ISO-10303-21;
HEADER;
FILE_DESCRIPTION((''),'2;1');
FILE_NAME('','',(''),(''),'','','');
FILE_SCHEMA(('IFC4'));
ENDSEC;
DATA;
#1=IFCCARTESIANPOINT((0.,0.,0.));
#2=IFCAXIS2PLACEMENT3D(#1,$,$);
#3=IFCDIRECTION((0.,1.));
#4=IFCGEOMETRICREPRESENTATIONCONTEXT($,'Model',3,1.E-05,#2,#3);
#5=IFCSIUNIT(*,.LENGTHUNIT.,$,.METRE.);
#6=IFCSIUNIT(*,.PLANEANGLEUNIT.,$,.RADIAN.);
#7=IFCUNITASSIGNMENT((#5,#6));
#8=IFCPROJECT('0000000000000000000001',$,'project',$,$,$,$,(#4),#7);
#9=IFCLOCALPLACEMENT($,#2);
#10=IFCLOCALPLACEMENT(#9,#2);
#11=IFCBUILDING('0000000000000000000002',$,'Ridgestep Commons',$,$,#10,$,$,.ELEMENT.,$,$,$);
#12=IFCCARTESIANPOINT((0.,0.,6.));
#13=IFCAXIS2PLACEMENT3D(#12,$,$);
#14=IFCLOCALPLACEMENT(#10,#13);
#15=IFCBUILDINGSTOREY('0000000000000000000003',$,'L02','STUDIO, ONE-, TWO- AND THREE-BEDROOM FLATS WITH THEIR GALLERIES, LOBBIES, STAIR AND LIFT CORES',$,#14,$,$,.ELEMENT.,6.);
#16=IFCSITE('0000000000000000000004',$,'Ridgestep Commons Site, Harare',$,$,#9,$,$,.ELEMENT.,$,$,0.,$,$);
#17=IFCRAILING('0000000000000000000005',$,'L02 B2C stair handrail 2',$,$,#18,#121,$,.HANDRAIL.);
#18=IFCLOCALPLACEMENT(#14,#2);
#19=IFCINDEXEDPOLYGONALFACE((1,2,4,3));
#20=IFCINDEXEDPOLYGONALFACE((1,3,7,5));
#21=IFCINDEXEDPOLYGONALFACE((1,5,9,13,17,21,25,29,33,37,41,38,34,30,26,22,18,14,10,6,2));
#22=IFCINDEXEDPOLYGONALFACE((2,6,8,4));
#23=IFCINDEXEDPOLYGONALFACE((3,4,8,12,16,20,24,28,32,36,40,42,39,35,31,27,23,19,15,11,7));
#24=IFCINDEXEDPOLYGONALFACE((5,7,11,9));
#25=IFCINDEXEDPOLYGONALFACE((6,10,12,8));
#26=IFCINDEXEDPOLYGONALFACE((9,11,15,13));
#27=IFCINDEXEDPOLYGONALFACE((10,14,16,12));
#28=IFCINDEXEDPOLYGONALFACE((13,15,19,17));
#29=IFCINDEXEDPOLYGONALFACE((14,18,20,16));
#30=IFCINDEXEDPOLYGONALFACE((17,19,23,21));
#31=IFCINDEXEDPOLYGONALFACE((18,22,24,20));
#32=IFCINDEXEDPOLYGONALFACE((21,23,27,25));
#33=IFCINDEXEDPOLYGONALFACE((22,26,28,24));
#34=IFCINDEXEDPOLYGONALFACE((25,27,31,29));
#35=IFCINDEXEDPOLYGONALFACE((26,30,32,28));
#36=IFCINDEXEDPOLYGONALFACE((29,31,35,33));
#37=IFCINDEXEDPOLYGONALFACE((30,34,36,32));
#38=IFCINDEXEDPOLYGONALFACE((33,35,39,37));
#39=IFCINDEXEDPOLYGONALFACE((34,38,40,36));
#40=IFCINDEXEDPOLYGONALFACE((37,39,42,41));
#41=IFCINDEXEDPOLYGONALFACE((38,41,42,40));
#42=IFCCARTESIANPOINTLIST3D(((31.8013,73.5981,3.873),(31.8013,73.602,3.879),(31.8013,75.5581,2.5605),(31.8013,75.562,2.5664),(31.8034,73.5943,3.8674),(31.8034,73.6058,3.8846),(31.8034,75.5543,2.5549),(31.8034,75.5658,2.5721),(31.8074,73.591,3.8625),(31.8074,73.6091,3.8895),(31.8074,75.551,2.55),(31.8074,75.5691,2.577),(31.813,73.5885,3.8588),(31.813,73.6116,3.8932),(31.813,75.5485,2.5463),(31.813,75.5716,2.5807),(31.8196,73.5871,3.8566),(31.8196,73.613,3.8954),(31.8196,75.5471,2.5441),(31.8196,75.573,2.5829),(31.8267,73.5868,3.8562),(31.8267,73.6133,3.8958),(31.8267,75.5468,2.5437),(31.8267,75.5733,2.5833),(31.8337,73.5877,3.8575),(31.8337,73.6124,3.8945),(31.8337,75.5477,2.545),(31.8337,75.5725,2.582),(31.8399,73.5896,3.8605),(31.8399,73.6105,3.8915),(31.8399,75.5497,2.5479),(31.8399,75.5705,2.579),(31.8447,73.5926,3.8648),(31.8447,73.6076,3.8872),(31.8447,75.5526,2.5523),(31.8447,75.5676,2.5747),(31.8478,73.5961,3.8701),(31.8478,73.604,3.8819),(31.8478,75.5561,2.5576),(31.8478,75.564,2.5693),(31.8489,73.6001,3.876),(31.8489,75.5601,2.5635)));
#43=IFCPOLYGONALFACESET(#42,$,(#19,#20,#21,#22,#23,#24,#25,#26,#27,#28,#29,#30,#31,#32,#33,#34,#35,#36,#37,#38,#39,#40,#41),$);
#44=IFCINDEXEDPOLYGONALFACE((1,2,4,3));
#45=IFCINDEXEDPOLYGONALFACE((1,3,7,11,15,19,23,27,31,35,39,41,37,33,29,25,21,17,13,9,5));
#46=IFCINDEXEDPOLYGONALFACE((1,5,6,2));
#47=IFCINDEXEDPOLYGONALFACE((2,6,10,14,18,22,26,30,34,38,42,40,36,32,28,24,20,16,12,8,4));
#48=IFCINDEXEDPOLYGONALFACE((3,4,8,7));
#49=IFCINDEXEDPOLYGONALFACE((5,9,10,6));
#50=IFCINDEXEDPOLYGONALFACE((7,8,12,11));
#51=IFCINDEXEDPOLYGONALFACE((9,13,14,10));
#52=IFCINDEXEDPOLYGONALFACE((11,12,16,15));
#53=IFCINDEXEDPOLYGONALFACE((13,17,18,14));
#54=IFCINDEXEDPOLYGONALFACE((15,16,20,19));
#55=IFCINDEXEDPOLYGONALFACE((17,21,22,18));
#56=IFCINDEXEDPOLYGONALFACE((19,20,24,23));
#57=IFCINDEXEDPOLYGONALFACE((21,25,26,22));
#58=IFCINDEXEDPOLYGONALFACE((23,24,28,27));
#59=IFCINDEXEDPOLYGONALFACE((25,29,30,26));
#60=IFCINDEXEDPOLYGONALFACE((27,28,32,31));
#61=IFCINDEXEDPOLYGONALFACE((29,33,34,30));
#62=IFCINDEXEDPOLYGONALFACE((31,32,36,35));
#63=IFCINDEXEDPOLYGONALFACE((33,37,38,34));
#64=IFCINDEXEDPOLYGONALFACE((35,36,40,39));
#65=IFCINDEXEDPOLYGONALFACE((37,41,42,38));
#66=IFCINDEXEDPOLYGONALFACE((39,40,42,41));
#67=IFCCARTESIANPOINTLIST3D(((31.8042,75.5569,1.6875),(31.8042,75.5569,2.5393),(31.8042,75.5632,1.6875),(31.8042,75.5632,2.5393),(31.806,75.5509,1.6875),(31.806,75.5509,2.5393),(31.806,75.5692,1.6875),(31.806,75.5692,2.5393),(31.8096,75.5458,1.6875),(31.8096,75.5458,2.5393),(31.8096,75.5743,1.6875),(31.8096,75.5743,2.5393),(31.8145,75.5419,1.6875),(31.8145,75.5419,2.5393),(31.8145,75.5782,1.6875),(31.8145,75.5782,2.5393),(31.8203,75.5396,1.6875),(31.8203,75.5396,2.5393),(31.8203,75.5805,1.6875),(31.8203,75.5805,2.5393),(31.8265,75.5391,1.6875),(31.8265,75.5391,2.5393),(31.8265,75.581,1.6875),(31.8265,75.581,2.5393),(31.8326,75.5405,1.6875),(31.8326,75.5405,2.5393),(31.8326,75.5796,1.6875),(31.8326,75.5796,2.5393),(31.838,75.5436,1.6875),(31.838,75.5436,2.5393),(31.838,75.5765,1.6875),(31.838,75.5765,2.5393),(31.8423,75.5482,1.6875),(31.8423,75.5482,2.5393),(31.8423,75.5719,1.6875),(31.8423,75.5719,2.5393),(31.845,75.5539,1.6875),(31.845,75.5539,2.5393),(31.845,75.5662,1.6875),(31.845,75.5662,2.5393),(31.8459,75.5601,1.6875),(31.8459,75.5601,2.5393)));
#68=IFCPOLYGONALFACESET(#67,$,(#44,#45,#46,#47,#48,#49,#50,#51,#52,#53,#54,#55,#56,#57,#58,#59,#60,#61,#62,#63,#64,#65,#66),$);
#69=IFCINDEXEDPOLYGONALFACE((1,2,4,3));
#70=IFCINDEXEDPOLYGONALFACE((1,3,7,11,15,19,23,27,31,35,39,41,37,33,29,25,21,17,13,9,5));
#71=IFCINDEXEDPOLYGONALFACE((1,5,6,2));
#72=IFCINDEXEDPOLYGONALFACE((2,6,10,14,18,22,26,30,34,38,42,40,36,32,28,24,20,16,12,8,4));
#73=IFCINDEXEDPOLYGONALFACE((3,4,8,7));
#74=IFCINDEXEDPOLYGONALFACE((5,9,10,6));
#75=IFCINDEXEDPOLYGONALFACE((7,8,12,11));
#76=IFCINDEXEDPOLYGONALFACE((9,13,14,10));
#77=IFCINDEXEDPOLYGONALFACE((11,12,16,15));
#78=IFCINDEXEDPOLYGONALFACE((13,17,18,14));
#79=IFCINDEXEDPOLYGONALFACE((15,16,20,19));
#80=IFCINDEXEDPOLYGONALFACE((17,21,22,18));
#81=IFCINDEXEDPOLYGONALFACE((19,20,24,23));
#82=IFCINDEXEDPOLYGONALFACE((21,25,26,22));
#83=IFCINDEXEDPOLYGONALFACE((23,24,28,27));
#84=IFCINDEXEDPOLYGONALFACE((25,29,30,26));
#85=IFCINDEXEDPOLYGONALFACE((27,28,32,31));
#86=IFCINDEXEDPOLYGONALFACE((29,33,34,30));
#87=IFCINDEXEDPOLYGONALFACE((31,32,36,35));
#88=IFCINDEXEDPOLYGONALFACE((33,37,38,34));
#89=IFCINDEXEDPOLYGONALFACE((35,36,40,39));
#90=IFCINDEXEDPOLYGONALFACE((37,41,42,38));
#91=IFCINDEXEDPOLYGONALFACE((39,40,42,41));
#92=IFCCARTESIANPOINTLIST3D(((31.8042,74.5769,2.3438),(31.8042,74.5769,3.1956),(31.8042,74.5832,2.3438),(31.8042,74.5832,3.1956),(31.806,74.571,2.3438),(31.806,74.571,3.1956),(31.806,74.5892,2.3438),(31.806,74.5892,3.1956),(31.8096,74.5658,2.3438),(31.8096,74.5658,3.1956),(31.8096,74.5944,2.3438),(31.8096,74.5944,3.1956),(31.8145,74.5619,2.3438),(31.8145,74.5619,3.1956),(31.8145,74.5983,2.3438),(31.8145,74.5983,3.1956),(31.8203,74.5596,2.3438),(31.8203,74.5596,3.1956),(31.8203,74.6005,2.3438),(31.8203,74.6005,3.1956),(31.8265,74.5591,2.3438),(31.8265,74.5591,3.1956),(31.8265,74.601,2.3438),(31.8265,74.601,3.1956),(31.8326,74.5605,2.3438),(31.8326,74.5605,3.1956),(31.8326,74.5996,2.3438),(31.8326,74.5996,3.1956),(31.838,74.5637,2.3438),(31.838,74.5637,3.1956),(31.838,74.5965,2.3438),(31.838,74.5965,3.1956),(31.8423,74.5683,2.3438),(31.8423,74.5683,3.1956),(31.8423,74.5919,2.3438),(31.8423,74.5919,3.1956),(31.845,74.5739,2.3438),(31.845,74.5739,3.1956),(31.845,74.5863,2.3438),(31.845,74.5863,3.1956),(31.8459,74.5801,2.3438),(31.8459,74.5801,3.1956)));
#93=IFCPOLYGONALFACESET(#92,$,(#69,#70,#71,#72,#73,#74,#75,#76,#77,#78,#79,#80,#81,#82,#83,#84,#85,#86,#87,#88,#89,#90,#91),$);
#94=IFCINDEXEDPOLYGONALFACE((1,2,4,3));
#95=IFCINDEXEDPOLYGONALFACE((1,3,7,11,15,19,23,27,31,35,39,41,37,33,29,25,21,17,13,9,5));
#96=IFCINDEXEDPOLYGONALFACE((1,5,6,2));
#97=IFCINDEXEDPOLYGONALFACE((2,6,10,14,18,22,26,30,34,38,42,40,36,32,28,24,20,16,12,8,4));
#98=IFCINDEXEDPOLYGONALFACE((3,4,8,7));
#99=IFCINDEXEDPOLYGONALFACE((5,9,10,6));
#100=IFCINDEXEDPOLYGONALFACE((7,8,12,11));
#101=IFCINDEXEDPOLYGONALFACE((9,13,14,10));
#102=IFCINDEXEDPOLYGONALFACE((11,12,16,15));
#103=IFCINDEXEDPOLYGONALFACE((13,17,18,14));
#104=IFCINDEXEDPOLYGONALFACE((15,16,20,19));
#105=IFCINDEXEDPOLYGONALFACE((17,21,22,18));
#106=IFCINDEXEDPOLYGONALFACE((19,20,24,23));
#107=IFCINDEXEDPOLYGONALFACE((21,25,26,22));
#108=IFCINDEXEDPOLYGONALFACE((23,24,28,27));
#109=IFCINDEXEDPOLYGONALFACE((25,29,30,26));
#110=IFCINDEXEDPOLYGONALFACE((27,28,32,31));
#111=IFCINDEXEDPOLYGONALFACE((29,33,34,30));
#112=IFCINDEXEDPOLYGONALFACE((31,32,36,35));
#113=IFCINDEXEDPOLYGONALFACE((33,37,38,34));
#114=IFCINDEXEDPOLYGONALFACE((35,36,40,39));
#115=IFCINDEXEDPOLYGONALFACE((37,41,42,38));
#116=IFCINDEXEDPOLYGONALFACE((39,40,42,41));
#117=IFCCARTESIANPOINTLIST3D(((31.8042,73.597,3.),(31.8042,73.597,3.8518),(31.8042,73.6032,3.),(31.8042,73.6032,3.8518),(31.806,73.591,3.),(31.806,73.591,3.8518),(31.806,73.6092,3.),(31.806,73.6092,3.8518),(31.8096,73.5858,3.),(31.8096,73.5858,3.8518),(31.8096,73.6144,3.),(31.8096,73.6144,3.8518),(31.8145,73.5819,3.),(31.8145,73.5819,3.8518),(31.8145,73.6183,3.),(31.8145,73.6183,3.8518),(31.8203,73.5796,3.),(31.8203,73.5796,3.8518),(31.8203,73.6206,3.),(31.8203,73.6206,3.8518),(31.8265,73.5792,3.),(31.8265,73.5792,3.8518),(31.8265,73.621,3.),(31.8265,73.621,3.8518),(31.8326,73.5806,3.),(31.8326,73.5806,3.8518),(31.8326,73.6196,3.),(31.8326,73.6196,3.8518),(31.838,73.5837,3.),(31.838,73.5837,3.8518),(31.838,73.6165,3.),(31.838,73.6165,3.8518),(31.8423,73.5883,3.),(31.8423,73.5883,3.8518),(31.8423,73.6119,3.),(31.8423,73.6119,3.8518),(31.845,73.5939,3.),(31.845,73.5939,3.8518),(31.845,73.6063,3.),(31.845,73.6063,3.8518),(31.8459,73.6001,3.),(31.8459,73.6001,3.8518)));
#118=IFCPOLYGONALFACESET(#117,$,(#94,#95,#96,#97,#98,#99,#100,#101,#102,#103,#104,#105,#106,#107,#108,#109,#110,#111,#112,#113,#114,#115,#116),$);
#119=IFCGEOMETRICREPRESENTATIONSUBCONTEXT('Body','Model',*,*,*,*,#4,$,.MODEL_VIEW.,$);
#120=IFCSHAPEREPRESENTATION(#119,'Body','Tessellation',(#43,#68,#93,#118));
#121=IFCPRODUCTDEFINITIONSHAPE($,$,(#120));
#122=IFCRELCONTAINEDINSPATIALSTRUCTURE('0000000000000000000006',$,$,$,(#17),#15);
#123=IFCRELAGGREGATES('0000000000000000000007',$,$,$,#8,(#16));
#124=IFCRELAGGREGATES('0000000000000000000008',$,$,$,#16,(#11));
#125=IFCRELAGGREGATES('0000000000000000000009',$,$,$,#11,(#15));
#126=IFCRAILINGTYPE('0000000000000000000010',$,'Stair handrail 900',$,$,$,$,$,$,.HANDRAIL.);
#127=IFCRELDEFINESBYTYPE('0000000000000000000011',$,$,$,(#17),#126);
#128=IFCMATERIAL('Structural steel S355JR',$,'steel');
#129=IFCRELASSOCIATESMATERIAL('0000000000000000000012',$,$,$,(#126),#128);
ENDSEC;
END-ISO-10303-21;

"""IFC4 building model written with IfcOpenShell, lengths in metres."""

from ifc_helpers import new_model, si_unit, direction, frame, origin, origin_2d, place, context, subcontext, project, spatial, circle, extrude, material, type_object, element, save


model = new_model("IFC4")

# Units and contexts
model_context = context("Model", 3, precision=1e-05, world=origin(), true_north=direction((0.0, 1.0)))
body_context = subcontext(model_context, "Body", "Model", "MODEL_VIEW")
ifc_project = project(units=[si_unit("LENGTHUNIT", "METRE"), si_unit("PLANEANGLEUNIT", "RADIAN")], contexts=[model_context])

# Site, building, storey
site_placement = place(None, origin())
site = spatial("IfcSite", under=ifc_project, at=site_placement, Name="Ridgestep Commons Site, Harare", CompositionType="ELEMENT", RefElevation=0.0)
building_placement = place(site_placement, origin())
building = spatial("IfcBuilding", under=site, at=building_placement, Name="Ridgestep Commons", CompositionType="ELEMENT")
storey_placement = place(building_placement, frame((0.0, 0.0, 6.0)))
storey = spatial("IfcBuildingStorey", under=building, at=storey_placement, Name="L02", Description="STUDIO, ONE-, TWO- AND THREE-BEDROOM FLATS WITH THEIR GALLERIES, LOBBIES, STAIR AND LIFT CORES", CompositionType="ELEMENT", Elevation=6.0)

# Railing
ifc_material_1 = material(Name="Structural steel S355JR", Category="steel")
railing_type = type_object("IfcRailingType", Name="Stair handrail 900", PredefinedType="HANDRAIL", material=ifc_material_1)
railing_1_placement = place(storey_placement, frame((31.825, 75.5601, 1.6875)))
element("IfcRailing", 1, at=railing_1_placement, inside=storey, type_object=railing_type, Name="L02 B2C stair handrail 2", PredefinedType="HANDRAIL", context=body_context, shape_type="SweptSolid", body=[
    extrude(circle(Radius=0.0239, at=origin_2d()), frame((0.0, 0.0, 0.876), z_axis=(0.0, -0.830902, 0.556419), x_axis=(1.0, 0.0, 0.0)), (0.0, 0.0, 1.0), 2.3589),
    extrude(circle(Radius=0.021, at=origin_2d()), origin(), (0.0, 0.0, 1.0), 0.8518),
    extrude(circle(Radius=0.021, at=origin_2d()), frame((0.0, -0.98, 0.6562)), (0.0, 0.0, 1.0), 0.8518),
    extrude(circle(Radius=0.021, at=origin_2d()), frame((0.0, -1.96, 1.3125)), (0.0, 0.0, 1.0), 0.8518),
])

save(model, "model.ifc")
